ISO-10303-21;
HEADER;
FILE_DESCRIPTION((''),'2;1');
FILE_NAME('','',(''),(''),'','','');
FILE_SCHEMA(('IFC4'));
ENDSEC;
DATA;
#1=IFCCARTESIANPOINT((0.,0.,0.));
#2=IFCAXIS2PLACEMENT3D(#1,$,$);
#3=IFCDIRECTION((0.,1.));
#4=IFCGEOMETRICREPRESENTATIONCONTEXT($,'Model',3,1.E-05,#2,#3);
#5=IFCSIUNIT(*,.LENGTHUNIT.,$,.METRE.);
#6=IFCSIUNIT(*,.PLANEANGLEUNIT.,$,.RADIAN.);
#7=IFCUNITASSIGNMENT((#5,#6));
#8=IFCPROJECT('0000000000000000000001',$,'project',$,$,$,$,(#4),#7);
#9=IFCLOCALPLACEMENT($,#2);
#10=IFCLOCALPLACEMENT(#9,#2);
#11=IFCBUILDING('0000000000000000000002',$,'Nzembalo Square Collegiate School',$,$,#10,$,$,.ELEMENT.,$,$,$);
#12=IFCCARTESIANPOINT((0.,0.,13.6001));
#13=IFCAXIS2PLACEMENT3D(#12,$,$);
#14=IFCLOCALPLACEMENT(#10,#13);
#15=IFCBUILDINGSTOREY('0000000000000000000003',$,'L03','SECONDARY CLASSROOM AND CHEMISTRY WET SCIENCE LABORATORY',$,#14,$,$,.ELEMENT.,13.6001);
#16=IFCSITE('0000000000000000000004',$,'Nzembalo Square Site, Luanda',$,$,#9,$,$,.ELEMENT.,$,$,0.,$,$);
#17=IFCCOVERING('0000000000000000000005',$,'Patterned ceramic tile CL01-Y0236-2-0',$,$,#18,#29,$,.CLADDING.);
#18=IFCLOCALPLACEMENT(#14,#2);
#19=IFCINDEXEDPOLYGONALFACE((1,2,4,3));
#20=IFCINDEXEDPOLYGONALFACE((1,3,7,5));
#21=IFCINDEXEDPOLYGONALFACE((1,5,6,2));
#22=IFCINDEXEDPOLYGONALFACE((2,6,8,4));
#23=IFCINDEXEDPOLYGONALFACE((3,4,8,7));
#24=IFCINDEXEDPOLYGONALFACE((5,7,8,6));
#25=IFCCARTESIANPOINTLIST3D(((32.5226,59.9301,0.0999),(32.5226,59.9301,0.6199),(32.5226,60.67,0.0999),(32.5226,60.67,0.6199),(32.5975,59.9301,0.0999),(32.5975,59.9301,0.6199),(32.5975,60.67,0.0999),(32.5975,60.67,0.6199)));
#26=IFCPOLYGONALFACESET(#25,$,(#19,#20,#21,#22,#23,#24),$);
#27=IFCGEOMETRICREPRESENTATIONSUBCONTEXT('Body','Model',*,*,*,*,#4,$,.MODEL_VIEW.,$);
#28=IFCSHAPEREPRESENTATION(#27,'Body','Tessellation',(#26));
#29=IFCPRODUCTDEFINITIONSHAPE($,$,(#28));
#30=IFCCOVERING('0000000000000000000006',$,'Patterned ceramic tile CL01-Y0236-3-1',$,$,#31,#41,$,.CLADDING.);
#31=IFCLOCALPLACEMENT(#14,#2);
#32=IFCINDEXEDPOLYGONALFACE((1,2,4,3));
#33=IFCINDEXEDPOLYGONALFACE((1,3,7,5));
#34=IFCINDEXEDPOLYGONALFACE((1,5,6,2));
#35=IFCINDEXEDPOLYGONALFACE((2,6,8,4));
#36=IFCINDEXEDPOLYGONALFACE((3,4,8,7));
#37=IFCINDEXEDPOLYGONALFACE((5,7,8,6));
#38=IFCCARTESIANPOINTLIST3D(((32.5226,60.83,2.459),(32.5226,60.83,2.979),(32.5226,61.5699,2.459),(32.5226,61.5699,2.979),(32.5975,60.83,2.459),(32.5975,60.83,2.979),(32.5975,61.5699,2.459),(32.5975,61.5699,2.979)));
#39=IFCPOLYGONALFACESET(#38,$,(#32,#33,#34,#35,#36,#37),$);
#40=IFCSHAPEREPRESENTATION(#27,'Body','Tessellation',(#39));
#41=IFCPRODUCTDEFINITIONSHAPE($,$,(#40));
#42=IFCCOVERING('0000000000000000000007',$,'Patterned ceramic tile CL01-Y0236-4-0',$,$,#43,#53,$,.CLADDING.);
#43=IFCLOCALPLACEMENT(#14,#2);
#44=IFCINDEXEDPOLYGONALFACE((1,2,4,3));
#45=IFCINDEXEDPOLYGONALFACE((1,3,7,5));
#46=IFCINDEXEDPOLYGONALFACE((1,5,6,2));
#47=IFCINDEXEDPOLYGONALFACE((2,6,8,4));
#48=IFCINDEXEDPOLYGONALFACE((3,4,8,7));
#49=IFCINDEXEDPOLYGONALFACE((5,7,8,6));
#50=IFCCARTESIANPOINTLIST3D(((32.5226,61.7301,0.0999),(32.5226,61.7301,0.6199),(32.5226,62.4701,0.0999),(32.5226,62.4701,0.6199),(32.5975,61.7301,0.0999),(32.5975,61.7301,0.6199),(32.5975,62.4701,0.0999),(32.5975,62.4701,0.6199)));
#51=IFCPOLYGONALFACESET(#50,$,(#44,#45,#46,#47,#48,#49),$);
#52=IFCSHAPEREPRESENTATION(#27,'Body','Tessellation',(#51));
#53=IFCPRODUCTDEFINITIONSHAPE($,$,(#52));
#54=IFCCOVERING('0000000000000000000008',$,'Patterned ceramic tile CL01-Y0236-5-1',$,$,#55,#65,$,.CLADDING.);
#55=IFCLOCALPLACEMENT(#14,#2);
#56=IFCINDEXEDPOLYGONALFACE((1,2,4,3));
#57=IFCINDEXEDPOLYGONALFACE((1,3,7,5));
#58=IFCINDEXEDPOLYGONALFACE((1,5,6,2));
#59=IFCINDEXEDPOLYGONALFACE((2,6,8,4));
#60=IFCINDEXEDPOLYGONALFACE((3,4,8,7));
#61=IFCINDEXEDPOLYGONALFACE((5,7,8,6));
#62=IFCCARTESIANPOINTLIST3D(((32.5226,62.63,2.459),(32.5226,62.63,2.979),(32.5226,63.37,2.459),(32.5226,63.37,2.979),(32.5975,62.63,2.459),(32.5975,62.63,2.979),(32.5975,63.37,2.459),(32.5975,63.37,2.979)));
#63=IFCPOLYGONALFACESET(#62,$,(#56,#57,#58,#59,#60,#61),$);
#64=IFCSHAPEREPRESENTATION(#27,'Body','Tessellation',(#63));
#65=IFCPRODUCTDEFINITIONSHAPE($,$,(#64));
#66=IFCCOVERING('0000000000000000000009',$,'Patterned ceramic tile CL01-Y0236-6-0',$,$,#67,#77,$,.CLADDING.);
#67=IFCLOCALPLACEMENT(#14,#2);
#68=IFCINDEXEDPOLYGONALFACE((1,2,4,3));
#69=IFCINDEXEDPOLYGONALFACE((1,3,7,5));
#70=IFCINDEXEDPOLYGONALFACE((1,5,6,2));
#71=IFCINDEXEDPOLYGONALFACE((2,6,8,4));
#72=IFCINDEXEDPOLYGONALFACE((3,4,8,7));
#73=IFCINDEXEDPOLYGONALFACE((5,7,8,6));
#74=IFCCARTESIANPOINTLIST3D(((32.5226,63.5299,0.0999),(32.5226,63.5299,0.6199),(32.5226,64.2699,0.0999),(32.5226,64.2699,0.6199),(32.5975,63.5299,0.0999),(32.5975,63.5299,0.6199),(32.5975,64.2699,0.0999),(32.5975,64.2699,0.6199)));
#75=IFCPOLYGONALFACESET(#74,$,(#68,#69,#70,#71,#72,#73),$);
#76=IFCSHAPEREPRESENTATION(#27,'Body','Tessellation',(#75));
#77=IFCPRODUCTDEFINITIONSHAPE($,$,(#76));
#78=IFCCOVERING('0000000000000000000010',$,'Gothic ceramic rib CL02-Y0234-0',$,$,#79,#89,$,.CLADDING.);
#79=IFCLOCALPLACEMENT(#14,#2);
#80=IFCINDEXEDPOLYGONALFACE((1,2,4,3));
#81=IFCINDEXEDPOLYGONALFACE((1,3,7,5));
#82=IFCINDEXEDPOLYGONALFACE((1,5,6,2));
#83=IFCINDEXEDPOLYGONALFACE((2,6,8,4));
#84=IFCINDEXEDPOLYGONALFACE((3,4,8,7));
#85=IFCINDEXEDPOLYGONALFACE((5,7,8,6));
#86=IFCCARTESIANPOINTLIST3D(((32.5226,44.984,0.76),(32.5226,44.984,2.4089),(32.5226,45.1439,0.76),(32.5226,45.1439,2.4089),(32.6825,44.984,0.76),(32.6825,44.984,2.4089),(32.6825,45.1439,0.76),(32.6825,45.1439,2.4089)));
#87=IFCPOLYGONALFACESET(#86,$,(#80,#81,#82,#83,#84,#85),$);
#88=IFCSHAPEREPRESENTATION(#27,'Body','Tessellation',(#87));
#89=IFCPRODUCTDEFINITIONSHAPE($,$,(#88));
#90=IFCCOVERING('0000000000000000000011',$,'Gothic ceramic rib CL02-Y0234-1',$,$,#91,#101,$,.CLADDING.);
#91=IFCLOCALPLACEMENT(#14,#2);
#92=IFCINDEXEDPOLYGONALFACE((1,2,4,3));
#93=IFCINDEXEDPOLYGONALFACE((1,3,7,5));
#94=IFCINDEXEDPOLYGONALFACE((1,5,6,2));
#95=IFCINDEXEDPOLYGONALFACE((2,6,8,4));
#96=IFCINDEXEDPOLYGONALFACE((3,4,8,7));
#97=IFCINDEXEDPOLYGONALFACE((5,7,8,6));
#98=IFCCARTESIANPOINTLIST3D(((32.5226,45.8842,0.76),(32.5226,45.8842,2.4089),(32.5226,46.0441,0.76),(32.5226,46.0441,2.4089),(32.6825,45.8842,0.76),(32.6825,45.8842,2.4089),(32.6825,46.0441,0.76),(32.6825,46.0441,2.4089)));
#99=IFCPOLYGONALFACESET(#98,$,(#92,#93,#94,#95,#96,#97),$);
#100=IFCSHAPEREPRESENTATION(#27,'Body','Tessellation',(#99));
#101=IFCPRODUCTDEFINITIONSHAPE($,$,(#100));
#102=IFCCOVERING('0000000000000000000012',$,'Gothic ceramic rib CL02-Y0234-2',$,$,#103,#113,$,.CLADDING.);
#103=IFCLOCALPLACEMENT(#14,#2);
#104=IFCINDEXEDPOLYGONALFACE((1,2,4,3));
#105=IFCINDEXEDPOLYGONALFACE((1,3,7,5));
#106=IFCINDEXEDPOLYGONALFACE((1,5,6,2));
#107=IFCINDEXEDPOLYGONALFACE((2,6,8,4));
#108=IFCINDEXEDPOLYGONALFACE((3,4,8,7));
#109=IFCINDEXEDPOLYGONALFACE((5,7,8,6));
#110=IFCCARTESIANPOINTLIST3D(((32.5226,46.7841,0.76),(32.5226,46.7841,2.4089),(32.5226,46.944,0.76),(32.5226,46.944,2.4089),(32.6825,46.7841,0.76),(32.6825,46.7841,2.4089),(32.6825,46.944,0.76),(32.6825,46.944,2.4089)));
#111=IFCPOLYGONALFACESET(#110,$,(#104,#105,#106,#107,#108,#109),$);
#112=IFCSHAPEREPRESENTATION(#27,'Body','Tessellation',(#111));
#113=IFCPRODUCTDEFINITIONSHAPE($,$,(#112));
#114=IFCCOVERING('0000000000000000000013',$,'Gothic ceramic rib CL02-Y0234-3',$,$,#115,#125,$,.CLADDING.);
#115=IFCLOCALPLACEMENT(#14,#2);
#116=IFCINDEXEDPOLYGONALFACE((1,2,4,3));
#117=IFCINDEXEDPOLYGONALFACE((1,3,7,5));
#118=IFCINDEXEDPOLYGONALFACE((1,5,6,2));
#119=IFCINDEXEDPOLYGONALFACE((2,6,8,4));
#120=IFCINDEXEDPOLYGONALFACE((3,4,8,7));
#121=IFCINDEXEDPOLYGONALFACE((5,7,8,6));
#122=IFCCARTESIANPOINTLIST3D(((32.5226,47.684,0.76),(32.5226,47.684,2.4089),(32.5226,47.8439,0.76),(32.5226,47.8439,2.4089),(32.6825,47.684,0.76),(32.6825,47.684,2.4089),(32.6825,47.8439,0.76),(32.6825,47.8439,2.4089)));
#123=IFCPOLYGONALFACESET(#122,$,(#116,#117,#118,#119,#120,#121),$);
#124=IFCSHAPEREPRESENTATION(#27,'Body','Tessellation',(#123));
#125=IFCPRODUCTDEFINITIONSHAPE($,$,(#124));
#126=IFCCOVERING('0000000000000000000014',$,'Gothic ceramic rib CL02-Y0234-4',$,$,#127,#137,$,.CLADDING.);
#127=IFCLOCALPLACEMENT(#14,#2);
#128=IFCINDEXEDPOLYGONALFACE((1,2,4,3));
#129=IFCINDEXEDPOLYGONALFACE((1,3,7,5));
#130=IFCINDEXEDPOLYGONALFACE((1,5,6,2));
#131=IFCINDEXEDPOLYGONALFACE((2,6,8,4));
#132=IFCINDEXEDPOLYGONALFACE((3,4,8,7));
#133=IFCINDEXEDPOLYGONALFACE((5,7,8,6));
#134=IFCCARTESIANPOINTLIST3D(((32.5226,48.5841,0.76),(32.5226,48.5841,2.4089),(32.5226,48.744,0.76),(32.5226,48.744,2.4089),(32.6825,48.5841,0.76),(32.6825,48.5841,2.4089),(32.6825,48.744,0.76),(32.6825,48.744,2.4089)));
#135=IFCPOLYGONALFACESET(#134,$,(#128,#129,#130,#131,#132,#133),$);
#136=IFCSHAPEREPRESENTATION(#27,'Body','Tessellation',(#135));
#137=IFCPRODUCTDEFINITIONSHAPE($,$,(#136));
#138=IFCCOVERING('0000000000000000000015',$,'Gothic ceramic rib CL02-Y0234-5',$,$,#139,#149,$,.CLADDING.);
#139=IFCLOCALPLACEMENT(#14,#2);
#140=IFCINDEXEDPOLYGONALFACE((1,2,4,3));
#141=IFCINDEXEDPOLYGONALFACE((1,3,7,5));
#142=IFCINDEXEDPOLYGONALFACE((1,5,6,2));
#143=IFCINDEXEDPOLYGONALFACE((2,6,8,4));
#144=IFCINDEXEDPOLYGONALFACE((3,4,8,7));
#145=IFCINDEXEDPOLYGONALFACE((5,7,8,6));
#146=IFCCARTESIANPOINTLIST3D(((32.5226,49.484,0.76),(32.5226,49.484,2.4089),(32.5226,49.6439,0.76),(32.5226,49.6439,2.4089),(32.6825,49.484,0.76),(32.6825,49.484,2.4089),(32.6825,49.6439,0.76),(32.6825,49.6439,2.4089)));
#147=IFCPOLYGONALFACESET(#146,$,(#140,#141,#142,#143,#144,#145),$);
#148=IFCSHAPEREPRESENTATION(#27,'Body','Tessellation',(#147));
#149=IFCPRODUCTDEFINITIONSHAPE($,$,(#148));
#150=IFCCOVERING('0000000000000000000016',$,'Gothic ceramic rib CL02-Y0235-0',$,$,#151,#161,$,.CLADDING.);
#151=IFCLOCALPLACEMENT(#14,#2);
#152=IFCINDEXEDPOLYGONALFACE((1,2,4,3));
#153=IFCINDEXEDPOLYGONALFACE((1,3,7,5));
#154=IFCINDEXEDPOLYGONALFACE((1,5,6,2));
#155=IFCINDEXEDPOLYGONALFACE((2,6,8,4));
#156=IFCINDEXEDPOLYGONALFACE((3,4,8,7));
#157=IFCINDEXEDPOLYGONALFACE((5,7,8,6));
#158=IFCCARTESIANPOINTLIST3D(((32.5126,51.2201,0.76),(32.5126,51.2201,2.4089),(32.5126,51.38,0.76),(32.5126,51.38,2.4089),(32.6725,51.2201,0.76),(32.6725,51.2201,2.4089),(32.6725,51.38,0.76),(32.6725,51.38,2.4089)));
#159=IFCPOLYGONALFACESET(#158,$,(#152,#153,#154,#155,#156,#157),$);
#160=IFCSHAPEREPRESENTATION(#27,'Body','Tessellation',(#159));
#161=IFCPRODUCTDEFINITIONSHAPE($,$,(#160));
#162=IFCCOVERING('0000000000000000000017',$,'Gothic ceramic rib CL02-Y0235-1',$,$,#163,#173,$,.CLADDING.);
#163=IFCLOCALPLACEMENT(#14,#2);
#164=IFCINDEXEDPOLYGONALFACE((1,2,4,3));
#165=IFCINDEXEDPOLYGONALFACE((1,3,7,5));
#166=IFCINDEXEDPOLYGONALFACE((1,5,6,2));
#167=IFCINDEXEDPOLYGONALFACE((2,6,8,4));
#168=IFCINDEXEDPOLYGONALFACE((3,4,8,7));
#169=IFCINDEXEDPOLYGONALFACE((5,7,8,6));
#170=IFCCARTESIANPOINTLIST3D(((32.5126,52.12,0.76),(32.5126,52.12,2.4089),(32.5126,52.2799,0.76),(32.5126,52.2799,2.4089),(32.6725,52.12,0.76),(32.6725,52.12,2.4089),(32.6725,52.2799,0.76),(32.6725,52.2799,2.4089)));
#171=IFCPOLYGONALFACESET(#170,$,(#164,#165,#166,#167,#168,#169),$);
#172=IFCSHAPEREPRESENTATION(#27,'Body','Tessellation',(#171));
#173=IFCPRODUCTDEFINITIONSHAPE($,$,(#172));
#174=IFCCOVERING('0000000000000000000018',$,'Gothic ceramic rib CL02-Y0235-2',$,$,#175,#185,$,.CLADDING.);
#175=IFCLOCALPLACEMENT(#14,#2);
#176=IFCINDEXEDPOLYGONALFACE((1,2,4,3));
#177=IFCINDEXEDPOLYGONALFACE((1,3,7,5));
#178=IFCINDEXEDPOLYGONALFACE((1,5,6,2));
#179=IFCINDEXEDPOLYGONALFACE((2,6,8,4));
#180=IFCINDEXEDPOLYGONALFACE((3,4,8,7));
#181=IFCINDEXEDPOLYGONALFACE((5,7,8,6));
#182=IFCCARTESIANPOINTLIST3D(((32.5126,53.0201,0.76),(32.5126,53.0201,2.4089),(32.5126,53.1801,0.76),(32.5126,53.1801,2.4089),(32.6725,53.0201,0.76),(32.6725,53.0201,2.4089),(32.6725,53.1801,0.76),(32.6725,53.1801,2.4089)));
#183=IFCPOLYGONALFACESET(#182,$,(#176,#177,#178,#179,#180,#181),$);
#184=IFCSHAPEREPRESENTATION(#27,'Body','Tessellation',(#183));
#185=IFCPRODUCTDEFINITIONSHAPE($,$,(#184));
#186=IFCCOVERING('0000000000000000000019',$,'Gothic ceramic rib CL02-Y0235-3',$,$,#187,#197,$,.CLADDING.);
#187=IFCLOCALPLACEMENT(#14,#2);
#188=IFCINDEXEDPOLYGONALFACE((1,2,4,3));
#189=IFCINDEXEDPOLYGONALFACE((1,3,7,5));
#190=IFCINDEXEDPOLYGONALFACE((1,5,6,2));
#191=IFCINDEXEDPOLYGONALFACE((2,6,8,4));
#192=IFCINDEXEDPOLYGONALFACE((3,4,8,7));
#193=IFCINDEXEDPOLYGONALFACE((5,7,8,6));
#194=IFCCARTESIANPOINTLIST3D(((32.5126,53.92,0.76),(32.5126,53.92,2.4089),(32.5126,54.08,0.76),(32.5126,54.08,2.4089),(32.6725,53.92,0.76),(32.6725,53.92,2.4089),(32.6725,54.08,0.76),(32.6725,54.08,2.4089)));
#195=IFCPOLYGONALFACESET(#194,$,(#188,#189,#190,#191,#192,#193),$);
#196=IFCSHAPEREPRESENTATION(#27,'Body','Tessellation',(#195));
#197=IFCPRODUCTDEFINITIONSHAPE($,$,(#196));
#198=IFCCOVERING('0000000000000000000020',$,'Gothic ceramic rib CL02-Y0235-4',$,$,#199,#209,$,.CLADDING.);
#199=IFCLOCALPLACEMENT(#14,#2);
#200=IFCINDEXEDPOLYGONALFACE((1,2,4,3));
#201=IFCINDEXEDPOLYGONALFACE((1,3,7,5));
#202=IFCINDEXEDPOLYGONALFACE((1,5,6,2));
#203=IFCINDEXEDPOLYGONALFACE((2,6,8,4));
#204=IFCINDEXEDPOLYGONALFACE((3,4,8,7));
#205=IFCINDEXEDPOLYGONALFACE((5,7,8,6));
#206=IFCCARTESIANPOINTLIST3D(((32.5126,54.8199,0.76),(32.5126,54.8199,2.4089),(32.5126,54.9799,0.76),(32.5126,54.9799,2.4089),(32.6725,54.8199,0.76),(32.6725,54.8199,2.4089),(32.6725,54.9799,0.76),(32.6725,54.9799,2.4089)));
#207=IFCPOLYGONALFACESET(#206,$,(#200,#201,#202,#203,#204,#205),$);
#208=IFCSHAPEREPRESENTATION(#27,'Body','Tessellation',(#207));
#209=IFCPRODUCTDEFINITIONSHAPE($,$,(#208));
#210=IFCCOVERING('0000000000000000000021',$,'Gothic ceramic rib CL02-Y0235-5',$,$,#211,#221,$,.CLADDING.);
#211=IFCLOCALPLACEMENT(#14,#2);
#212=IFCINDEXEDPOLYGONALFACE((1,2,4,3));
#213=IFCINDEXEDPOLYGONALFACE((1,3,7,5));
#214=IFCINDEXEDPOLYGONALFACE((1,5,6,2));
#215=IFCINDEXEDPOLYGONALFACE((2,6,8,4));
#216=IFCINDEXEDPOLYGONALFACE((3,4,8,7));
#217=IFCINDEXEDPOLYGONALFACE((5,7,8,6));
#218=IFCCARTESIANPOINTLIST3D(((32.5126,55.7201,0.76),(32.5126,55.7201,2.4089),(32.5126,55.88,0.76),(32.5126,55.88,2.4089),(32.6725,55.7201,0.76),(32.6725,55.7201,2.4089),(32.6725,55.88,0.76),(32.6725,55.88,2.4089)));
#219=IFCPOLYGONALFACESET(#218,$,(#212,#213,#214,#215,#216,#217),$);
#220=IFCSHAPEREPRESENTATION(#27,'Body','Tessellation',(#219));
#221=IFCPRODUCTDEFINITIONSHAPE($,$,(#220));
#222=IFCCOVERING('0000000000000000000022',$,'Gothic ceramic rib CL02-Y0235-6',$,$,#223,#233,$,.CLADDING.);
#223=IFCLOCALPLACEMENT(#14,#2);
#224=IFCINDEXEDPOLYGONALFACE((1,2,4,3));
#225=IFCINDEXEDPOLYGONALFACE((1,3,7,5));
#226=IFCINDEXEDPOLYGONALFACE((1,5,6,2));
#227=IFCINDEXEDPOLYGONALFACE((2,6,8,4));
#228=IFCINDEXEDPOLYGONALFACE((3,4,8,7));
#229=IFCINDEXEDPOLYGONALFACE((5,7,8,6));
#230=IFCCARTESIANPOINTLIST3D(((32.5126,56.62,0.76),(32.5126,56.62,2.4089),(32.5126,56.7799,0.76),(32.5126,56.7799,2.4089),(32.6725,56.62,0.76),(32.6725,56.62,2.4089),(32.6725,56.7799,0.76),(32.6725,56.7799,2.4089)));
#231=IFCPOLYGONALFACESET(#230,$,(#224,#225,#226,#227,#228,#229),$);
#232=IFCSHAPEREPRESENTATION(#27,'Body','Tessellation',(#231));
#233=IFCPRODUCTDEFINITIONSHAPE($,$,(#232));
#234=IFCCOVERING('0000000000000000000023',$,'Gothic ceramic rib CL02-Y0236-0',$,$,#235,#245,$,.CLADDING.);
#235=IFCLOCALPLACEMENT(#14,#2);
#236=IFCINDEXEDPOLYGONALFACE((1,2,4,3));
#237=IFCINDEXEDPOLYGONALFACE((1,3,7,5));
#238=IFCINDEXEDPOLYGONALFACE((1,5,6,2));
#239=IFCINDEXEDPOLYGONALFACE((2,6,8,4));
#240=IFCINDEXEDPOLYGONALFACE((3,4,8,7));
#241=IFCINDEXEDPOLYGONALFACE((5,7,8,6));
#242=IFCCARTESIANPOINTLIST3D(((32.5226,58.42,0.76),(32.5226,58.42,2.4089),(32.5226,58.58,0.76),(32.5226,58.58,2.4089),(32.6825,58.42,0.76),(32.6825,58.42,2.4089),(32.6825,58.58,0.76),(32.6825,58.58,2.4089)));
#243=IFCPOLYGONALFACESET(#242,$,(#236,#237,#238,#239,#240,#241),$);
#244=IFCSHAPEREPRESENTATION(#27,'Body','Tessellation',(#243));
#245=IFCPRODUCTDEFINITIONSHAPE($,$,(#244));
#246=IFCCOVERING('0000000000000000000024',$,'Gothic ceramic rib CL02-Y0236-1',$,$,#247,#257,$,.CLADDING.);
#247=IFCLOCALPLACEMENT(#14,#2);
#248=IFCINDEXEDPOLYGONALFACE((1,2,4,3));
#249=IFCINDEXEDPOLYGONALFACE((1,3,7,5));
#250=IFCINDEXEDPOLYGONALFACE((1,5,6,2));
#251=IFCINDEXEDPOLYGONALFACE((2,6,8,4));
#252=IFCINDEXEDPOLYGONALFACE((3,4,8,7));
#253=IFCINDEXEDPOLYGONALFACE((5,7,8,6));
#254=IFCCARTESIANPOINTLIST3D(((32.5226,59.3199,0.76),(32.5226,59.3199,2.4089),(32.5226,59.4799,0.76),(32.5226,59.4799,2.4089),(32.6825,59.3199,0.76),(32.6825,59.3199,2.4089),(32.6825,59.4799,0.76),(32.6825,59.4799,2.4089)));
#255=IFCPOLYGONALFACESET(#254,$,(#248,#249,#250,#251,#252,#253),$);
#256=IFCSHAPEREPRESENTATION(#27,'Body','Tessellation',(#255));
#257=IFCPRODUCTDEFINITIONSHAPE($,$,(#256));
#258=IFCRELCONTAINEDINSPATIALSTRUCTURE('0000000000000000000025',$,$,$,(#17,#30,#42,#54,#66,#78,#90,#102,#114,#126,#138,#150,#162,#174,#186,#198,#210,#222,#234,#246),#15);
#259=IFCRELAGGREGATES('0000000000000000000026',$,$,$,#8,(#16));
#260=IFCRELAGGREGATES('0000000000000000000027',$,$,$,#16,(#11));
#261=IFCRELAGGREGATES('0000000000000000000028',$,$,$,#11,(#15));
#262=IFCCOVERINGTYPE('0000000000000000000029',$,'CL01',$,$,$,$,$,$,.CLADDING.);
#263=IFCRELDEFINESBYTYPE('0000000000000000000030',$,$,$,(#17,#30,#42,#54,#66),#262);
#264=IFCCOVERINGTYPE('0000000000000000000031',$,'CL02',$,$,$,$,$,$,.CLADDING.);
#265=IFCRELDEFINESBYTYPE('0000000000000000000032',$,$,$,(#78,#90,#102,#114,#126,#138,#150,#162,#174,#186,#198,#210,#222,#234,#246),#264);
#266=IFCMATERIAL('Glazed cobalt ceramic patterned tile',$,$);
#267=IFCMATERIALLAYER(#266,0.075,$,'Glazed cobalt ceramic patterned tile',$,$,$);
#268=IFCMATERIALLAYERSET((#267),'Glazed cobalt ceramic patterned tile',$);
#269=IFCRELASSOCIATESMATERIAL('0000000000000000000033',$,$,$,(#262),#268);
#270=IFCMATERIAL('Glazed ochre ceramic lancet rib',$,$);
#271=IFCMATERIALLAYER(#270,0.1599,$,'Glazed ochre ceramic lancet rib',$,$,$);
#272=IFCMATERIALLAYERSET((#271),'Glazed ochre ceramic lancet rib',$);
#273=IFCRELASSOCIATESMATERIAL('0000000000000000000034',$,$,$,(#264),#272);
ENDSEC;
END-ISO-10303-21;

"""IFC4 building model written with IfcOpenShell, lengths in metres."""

from ifc_helpers import new_model, si_unit, direction, frame, origin, origin_2d, place, context, subcontext, project, spatial, rectangle, extrude, material, layer, layer_set, type_object, element, save


model = new_model("IFC4")

# Units and contexts
model_context = context("Model", 3, precision=1e-05, world=origin(), true_north=direction((0.0, 1.0)))
body_context = subcontext(model_context, "Body", "Model", "MODEL_VIEW")
ifc_project = project(units=[si_unit("LENGTHUNIT", "METRE"), si_unit("PLANEANGLEUNIT", "RADIAN")], contexts=[model_context])

# Site, building, storey
site_placement = place(None, origin())
site = spatial("IfcSite", under=ifc_project, at=site_placement, Name="Nzembalo Square Site, Luanda", CompositionType="ELEMENT", RefElevation=0.0)
building_placement = place(site_placement, origin())
building = spatial("IfcBuilding", under=site, at=building_placement, Name="Nzembalo Square Collegiate School", CompositionType="ELEMENT")
storey_placement = place(building_placement, frame((0.0, 0.0, 13.6001)))
storey = spatial("IfcBuildingStorey", under=building, at=storey_placement, Name="L03", Description="SECONDARY CLASSROOM AND CHEMISTRY WET SCIENCE LABORATORY", CompositionType="ELEMENT", Elevation=13.6001)

# Coverings
ifc_material_1 = material(Name="Glazed cobalt ceramic patterned tile")
ifc_layer_1 = layer(ifc_material_1, 0.075, Name="Glazed cobalt ceramic patterned tile")
ifc_layer_set_1 = layer_set([ifc_layer_1], Name="Glazed cobalt ceramic patterned tile")
covering_type_1 = type_object("IfcCoveringType", Name="CL01", PredefinedType="CLADDING", material=ifc_layer_set_1)
for number, where, z_axis, x_axis, name in (
    (1, (32.5601, 60.3, 0.0999), (0.0, 0.0, 1.0), (1.0, 0.0, 0.0), "Patterned ceramic tile CL01-Y0236-2-0"),
    (2, (32.5601, 61.2, 2.459), (0.0, 0.0, 1.0), (1.0, 0.0, 0.0), "Patterned ceramic tile CL01-Y0236-3-1"),
    (3, (32.5601, 62.1001, 0.0999), (0.0, 0.0, 1.0), (1.0, 0.0, 0.0), "Patterned ceramic tile CL01-Y0236-4-0"),
    (4, (32.5601, 63.0, 2.459), (0.0, 0.0, 1.0), (1.0, 0.0, 0.0), "Patterned ceramic tile CL01-Y0236-5-1"),
    (5, (32.5601, 63.8999, 0.0999), (0.0, 0.0, 1.0), (1.0, 0.0, 0.0), "Patterned ceramic tile CL01-Y0236-6-0"),
):
    element("IfcCovering", number, at=place(storey_placement, frame(where, z_axis=z_axis, x_axis=x_axis)), inside=storey, type_object=covering_type_1, Name=name, PredefinedType="CLADDING", context=body_context, shape_type="SweptSolid", body=[
        extrude(rectangle(XDim=0.075, YDim=0.74, at=origin_2d()), origin(), (0.0, 0.0, 1.0), 0.52),
    ])
ifc_material_2 = material(Name="Glazed ochre ceramic lancet rib")
ifc_layer_2 = layer(ifc_material_2, 0.1599, Name="Glazed ochre ceramic lancet rib")
ifc_layer_set_2 = layer_set([ifc_layer_2], Name="Glazed ochre ceramic lancet rib")
covering_type_2 = type_object("IfcCoveringType", Name="CL02", PredefinedType="CLADDING", material=ifc_layer_set_2)
for number, where, z_axis, x_axis, name in (
    (6, (32.6025, 45.064, 0.76), (0.0, 0.0, 1.0), (1.0, 0.0, 0.0), "Gothic ceramic rib CL02-Y0234-0"),
    (7, (32.6025, 45.9641, 0.76), (0.0, 0.0, 1.0), (1.0, 0.0, 0.0), "Gothic ceramic rib CL02-Y0234-1"),
    (8, (32.6025, 46.864, 0.76), (0.0, 0.0, 1.0), (1.0, 0.0, 0.0), "Gothic ceramic rib CL02-Y0234-2"),
    (9, (32.6025, 47.7639, 0.76), (0.0, 0.0, 1.0), (1.0, 0.0, 0.0), "Gothic ceramic rib CL02-Y0234-3"),
    (10, (32.6025, 48.6641, 0.76), (0.0, 0.0, 1.0), (1.0, 0.0, 0.0), "Gothic ceramic rib CL02-Y0234-4"),
    (11, (32.6025, 49.564, 0.76), (0.0, 0.0, 1.0), (1.0, 0.0, 0.0), "Gothic ceramic rib CL02-Y0234-5"),
    (12, (32.5925, 51.3, 0.76), (0.0, 0.0, 1.0), (1.0, 0.0, 0.0), "Gothic ceramic rib CL02-Y0235-0"),
    (13, (32.5925, 52.2, 0.76), (0.0, 0.0, 1.0), (1.0, 0.0, 0.0), "Gothic ceramic rib CL02-Y0235-1"),
    (14, (32.5925, 53.1001, 0.76), (0.0, 0.0, 1.0), (1.0, 0.0, 0.0), "Gothic ceramic rib CL02-Y0235-2"),
    (15, (32.5925, 54.0, 0.76), (0.0, 0.0, 1.0), (1.0, 0.0, 0.0), "Gothic ceramic rib CL02-Y0235-3"),
    (16, (32.5925, 54.8999, 0.76), (0.0, 0.0, 1.0), (1.0, 0.0, 0.0), "Gothic ceramic rib CL02-Y0235-4"),
    (17, (32.5925, 55.8, 0.76), (0.0, 0.0, 1.0), (1.0, 0.0, 0.0), "Gothic ceramic rib CL02-Y0235-5"),
    (18, (32.5925, 56.7, 0.76), (0.0, 0.0, 1.0), (1.0, 0.0, 0.0), "Gothic ceramic rib CL02-Y0235-6"),
    (19, (32.6025, 58.5, 0.76), (0.0, 0.0, 1.0), (1.0, 0.0, 0.0), "Gothic ceramic rib CL02-Y0236-0"),
    (20, (32.6025, 59.3999, 0.76), (0.0, 0.0, 1.0), (1.0, 0.0, 0.0), "Gothic ceramic rib CL02-Y0236-1"),
):
    element("IfcCovering", number, at=place(storey_placement, frame(where, z_axis=z_axis, x_axis=x_axis)), inside=storey, type_object=covering_type_2, Name=name, PredefinedType="CLADDING", context=body_context, shape_type="SweptSolid", body=[
        extrude(rectangle(XDim=0.1599, YDim=0.1599, at=origin_2d()), origin(), (0.0, 0.0, 1.0), 1.6489),
    ])

save(model, "model.ifc")
